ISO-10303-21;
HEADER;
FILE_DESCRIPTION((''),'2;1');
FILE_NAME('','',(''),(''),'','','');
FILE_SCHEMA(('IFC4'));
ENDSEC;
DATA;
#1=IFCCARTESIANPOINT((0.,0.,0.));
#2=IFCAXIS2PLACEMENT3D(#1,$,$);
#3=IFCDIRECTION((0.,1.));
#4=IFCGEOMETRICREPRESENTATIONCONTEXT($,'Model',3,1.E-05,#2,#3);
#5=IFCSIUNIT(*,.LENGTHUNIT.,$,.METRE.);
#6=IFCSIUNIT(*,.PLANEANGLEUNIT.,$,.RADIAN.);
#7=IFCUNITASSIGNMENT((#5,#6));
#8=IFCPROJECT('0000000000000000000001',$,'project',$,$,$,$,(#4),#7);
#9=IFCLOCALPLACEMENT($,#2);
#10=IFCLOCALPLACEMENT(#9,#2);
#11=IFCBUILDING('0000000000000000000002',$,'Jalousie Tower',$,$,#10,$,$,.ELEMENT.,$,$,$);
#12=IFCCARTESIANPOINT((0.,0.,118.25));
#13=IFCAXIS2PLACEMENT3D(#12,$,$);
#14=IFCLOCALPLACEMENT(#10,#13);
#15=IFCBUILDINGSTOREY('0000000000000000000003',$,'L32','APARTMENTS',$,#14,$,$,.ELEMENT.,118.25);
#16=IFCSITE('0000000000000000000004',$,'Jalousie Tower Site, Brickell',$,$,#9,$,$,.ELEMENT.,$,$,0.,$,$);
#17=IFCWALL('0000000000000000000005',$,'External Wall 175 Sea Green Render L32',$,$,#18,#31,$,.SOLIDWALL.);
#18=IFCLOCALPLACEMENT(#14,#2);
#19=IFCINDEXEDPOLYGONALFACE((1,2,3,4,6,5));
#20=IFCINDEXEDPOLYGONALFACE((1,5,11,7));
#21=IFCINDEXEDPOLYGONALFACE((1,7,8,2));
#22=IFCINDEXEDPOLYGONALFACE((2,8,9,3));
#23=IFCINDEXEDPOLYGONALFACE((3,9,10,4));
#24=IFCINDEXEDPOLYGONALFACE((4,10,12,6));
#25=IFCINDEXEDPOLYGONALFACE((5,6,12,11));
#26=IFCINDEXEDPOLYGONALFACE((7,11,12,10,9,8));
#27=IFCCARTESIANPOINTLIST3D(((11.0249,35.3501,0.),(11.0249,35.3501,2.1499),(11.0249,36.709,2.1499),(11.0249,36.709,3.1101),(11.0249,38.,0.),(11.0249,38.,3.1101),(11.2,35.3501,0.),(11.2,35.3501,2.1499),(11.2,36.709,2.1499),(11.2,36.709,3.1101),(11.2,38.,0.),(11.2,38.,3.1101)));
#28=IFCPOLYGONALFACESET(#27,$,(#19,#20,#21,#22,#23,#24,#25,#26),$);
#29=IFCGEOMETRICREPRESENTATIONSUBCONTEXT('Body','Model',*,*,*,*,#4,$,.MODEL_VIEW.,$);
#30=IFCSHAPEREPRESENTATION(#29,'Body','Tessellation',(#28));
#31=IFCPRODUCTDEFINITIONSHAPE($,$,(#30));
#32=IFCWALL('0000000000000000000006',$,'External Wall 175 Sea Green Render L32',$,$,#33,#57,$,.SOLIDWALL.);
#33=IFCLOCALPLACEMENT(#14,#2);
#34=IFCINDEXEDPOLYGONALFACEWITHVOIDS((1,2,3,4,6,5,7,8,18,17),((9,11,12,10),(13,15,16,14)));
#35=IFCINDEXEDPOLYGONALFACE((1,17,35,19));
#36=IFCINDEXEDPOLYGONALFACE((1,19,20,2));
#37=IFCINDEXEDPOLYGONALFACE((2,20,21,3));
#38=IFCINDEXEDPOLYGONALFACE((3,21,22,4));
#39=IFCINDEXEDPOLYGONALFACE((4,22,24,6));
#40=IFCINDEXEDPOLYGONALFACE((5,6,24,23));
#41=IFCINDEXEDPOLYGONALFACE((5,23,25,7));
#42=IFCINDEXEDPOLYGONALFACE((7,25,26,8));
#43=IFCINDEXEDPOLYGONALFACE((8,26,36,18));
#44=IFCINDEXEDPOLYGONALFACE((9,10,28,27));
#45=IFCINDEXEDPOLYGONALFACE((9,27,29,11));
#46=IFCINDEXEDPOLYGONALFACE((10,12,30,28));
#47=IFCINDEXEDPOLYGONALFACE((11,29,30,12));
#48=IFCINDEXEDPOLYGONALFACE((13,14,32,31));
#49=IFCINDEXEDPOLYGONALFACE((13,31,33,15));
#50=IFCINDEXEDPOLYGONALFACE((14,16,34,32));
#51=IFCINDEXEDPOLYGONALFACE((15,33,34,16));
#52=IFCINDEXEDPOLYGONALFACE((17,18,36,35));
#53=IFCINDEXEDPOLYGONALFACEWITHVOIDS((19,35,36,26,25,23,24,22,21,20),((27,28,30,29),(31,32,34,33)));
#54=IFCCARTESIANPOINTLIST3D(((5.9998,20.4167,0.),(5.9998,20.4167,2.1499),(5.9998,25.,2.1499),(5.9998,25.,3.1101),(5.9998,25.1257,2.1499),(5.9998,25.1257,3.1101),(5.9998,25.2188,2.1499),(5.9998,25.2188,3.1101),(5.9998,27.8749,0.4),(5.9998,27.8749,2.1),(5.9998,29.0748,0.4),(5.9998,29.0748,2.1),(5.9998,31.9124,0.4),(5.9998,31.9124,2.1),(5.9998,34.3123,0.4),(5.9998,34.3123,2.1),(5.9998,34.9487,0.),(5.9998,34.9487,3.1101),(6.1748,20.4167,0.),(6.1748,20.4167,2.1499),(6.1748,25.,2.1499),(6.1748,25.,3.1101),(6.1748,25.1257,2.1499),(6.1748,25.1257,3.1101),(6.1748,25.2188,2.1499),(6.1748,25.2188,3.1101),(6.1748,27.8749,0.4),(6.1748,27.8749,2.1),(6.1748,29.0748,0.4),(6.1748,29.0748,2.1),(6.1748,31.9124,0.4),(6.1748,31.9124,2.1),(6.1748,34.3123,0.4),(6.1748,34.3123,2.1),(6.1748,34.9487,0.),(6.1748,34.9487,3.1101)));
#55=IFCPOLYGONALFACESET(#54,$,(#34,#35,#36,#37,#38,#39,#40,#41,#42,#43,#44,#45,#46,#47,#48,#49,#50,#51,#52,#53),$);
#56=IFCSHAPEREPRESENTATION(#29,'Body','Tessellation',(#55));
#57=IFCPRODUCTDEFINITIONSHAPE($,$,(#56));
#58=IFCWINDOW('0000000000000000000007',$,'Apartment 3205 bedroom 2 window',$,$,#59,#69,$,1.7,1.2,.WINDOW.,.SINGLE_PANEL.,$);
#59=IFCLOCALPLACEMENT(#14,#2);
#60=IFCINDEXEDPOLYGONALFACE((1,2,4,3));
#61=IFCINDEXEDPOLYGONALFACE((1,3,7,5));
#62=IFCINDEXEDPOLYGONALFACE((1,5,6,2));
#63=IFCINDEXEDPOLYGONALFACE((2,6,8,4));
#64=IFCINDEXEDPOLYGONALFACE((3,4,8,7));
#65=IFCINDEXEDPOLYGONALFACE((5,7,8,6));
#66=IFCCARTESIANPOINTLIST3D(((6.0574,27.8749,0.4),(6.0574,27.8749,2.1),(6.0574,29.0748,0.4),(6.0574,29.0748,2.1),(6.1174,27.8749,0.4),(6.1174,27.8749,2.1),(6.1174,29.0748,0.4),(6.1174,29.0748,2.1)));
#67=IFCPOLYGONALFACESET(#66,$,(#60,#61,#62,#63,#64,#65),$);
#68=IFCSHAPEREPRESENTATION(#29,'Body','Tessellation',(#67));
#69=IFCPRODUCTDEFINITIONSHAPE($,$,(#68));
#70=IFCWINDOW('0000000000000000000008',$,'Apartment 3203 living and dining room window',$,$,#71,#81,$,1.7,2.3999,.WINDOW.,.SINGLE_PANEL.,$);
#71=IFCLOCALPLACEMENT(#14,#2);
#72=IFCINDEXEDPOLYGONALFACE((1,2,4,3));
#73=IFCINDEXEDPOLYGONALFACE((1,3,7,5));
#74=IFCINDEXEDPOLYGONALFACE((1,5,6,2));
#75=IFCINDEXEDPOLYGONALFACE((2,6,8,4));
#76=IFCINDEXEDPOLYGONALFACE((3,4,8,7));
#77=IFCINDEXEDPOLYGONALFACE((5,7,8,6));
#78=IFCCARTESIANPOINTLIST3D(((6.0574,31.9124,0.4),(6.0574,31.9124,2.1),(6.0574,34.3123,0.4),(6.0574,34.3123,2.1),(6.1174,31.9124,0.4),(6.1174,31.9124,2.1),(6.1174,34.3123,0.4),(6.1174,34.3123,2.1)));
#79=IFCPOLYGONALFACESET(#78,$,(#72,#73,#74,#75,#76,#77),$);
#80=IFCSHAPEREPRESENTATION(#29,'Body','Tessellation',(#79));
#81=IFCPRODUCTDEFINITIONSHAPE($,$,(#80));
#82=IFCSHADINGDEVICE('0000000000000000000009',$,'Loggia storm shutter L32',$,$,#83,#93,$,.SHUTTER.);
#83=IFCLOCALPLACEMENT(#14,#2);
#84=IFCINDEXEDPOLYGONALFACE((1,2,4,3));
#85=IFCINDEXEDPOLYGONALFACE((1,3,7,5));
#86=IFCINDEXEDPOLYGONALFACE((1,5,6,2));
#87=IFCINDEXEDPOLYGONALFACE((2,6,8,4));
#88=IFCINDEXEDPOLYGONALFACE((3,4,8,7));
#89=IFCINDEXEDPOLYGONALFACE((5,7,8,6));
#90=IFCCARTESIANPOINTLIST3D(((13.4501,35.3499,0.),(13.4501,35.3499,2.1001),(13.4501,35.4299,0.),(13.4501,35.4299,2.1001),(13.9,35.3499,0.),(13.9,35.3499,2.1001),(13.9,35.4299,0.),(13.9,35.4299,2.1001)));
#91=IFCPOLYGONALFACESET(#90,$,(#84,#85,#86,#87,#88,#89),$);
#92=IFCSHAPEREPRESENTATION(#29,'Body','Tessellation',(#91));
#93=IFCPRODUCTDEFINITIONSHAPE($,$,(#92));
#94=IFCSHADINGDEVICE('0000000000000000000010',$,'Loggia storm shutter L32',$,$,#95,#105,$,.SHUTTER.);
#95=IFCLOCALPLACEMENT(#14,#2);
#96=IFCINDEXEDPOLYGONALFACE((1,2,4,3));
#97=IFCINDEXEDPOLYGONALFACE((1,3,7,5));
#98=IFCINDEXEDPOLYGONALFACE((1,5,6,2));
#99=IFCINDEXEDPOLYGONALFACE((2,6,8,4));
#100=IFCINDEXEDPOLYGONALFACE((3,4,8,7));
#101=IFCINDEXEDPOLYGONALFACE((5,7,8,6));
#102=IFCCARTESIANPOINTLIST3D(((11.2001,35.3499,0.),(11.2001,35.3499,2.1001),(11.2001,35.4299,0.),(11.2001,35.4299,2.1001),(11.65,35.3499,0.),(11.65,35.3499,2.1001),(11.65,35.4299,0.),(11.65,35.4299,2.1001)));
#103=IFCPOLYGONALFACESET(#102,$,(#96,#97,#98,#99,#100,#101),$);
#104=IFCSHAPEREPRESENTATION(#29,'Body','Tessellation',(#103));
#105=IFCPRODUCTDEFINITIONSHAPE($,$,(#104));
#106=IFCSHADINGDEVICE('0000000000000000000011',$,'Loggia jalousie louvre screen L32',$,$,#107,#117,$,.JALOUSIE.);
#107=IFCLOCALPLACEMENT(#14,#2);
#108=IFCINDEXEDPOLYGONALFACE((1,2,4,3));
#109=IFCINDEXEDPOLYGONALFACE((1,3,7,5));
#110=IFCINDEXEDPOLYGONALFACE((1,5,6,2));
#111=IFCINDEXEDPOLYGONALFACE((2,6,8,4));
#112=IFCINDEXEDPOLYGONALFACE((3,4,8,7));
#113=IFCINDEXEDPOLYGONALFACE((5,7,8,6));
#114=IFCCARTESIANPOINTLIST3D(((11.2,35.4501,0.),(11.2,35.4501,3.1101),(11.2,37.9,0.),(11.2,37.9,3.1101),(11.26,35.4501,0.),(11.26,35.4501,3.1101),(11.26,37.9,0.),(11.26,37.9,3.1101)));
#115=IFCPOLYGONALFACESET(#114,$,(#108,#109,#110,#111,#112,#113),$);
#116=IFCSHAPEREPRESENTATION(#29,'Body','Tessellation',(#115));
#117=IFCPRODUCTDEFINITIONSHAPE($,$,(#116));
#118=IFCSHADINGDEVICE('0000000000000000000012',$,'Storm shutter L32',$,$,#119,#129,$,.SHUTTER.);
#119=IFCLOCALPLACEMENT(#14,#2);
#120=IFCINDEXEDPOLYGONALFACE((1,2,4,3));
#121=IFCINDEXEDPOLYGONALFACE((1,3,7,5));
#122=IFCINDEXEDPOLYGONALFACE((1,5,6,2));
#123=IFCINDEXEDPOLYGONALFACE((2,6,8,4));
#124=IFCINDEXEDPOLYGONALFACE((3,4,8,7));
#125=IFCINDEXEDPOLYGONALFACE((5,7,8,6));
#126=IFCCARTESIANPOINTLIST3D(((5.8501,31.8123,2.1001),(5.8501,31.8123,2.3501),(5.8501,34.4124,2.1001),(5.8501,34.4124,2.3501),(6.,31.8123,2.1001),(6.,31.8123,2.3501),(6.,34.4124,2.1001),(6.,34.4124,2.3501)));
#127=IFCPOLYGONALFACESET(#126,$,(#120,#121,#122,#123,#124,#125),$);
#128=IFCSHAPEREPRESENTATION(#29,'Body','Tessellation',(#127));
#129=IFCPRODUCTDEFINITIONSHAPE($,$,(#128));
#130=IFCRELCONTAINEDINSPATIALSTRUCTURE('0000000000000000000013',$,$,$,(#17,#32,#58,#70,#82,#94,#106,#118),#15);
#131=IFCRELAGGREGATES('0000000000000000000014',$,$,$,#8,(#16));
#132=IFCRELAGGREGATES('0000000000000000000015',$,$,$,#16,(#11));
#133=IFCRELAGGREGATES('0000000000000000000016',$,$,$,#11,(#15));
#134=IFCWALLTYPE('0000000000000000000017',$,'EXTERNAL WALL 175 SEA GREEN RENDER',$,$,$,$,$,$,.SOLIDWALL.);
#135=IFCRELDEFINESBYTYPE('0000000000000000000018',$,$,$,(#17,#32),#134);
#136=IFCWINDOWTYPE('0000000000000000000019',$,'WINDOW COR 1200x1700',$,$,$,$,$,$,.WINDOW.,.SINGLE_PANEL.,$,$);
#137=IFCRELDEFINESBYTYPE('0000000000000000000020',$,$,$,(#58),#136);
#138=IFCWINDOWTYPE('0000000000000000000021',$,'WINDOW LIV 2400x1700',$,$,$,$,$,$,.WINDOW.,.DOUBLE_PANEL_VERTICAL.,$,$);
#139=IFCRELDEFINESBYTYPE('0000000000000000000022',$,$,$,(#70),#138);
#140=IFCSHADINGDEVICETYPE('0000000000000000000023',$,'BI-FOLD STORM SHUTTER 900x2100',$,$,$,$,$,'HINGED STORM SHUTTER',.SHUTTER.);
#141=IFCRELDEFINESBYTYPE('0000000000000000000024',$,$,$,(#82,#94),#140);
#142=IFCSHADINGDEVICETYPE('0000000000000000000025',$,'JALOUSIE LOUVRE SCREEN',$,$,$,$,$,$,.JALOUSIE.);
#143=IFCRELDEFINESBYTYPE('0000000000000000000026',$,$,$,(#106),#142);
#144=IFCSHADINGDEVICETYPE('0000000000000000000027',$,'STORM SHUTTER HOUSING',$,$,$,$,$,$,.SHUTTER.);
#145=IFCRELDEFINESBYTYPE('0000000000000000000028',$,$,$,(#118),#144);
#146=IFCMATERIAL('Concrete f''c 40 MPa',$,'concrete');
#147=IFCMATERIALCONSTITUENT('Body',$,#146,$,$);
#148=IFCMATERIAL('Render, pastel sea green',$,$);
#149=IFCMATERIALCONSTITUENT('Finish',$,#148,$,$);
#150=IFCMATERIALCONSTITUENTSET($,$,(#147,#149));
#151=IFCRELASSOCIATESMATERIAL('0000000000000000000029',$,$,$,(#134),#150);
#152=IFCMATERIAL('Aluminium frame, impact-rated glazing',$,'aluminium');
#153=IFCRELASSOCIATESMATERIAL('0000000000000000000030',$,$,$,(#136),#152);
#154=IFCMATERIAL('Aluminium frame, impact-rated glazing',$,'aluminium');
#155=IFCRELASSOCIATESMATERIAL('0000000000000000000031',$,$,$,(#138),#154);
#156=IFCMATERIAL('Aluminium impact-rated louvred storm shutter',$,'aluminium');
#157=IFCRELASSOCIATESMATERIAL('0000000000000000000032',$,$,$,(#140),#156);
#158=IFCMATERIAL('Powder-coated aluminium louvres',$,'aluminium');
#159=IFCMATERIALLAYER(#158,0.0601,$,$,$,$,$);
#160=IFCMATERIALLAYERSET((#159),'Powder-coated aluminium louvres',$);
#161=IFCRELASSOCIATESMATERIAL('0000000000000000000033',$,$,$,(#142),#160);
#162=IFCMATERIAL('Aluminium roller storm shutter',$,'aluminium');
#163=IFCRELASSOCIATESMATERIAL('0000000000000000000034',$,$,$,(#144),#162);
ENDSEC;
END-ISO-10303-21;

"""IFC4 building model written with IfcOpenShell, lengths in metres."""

from ifc_helpers import new_model, si_unit, direction, frame, frame_2d, origin, origin_2d, place, context, subcontext, project, spatial, polyline, rectangle, outline, extrude, material, layer, layer_set, constituent, constituent_set, type_object, element, fill, save


model = new_model("IFC4")

# Units and contexts
model_context = context("Model", 3, precision=1e-05, world=origin(), true_north=direction((0.0, 1.0)))
body_context = subcontext(model_context, "Body", "Model", "MODEL_VIEW")
ifc_project = project(units=[si_unit("LENGTHUNIT", "METRE"), si_unit("PLANEANGLEUNIT", "RADIAN")], contexts=[model_context])

# Site, building, storey
site_placement = place(None, origin())
site = spatial("IfcSite", under=ifc_project, at=site_placement, Name="Jalousie Tower Site, Brickell", CompositionType="ELEMENT", RefElevation=0.0)
building_placement = place(site_placement, origin())
building = spatial("IfcBuilding", under=site, at=building_placement, Name="Jalousie Tower", CompositionType="ELEMENT")
storey_placement = place(building_placement, frame((0.0, 0.0, 118.25)))
storey = spatial("IfcBuildingStorey", under=building, at=storey_placement, Name="L32", Description="APARTMENTS", CompositionType="ELEMENT", Elevation=118.25)

# Shared definitions
ifc_material_1 = material(Name="Concrete f'c 40 MPa", Category="concrete")
ifc_constituent_1 = constituent(ifc_material_1, Name="Body")
ifc_material_2 = material(Name="Render, pastel sea green")
ifc_constituent_2 = constituent(ifc_material_2, Name="Finish")
ifc_constituent_set = constituent_set(constituents=[ifc_constituent_1, ifc_constituent_2])
wall_type = type_object("IfcWallType", Name="EXTERNAL WALL 175 SEA GREEN RENDER", PredefinedType="SOLIDWALL", material=ifc_constituent_set)

# Wall
wall_1_placement = place(storey_placement, frame((11.1125, 38.0, 0.0), z_axis=(0.0, 0.0, 1.0), x_axis=(0.0, -1.0, 0.0)))
element("IfcWall", 1, at=wall_1_placement, inside=storey, type_object=wall_type, Name="External Wall 175 Sea Green Render L32", PredefinedType="SOLIDWALL", context=body_context, shape_type="SweptSolid", body=[
    extrude(outline(polyline([(0.0, 0.0), (2.6499, 0.0), (2.6499, 2.1499), (1.291, 2.1499), (1.291, 3.1101), (0.0, 3.1101), (0.0, 0.0)])), frame((0.0, 0.0874, 0.0), z_axis=(0.0, -1.0, 0.0), x_axis=(1.0, 0.0, 0.0)), (0.0, 0.0, 1.0), 0.175),
])

# Wall, openings, windows
wall_2_placement = place(storey_placement, frame((6.0874, 34.9487, 0.0), z_axis=(0.0, 0.0, 1.0), x_axis=(0.0, -1.0, 0.0)))
wall_2 = element("IfcWall", 2, at=wall_2_placement, inside=storey, type_object=wall_type, Name="External Wall 175 Sea Green Render L32", PredefinedType="SOLIDWALL", context=body_context, shape_type="SweptSolid", body=[
    extrude(outline(polyline([(0.0, 0.0), (14.532, 0.0), (14.532, 2.1499), (9.9487, 2.1499), (9.9487, 3.1101), (9.823, 3.1101), (9.823, 2.1499), (9.73, 2.1499), (9.73, 3.1101), (0.0, 3.1101), (0.0, 0.0)])), frame((0.0, 0.0874, 0.0), z_axis=(0.0, -1.0, 0.0), x_axis=(1.0, 0.0, 0.0)), (0.0, 0.0, 1.0), 0.175),
])
opening_1_placement = place(wall_2_placement, frame((0.6365, 0.0, 0.3999)))
opening_1 = element("IfcOpeningElement", 3, at=opening_1_placement, cuts=wall_2, PredefinedType="OPENING", context=body_context, shape_type="SweptSolid", body=[
    extrude(rectangle(XDim=2.3999, YDim=1.7, at=frame_2d((1.2, 0.8501))), frame((0.0, 0.0974, 0.0), z_axis=(0.0, -1.0, 0.0), x_axis=(1.0, 0.0, 0.0)), (0.0, 0.0, 1.0), 0.1951),
])
opening_2_placement = place(wall_2_placement, frame((5.8738, 0.0, 0.3999)))
opening_2 = element("IfcOpeningElement", 4, at=opening_2_placement, cuts=wall_2, PredefinedType="OPENING", context=body_context, shape_type="SweptSolid", body=[
    extrude(rectangle(XDim=1.2, YDim=1.7, at=frame_2d((0.6001, 0.8501))), frame((0.0, 0.0974, 0.0), z_axis=(0.0, -1.0, 0.0), x_axis=(1.0, 0.0, 0.0)), (0.0, 0.0, 1.0), 0.1951),
])
ifc_material_3 = material(Name="Aluminium frame, impact-rated glazing", Category="aluminium")
window_type_1 = type_object("IfcWindowType", Name="WINDOW COR 1200x1700", PartitioningType="SINGLE_PANEL", PredefinedType="WINDOW", material=ifc_material_3)
window_1_placement = place(opening_2_placement, origin())
window_1 = element("IfcWindow", 5, at=window_1_placement, inside=storey, type_object=window_type_1, Name="Apartment 3205 bedroom 2 window", OverallHeight=1.7, OverallWidth=1.2, PartitioningType="SINGLE_PANEL", PredefinedType="WINDOW", context=body_context, shape_type="SweptSolid", body=[
    extrude(rectangle(XDim=1.2, YDim=1.7, at=frame_2d((0.6001, 0.8501))), frame((0.0, 0.03, 0.0), z_axis=(0.0, -1.0, 0.0), x_axis=(1.0, 0.0, 0.0)), (0.0, 0.0, 1.0), 0.0601),
])
fill(opening_2, window_1)
ifc_material_4 = material(Name="Aluminium frame, impact-rated glazing", Category="aluminium")
window_type_2 = type_object("IfcWindowType", Name="WINDOW LIV 2400x1700", PartitioningType="DOUBLE_PANEL_VERTICAL", PredefinedType="WINDOW", material=ifc_material_4)
window_2_placement = place(opening_1_placement, origin())
window_2 = element("IfcWindow", 6, at=window_2_placement, inside=storey, type_object=window_type_2, Name="Apartment 3203 living and dining room window", OverallHeight=1.7, OverallWidth=2.3999, PartitioningType="SINGLE_PANEL", PredefinedType="WINDOW", context=body_context, shape_type="SweptSolid", body=[
    extrude(rectangle(XDim=2.3999, YDim=1.7, at=frame_2d((1.2, 0.8501))), frame((0.0, 0.03, 0.0), z_axis=(0.0, -1.0, 0.0), x_axis=(1.0, 0.0, 0.0)), (0.0, 0.0, 1.0), 0.0601),
])
fill(opening_1, window_2)

# Shading devices
ifc_material_5 = material(Name="Aluminium impact-rated louvred storm shutter", Category="aluminium")
shading_device_type_1 = type_object("IfcShadingDeviceType", Name="BI-FOLD STORM SHUTTER 900x2100", ElementType="HINGED STORM SHUTTER", PredefinedType="SHUTTER", material=ifc_material_5)
for number, where, z_axis, x_axis, name in (
    (7, (13.675, 35.3899, 0.0), (0.0, 0.0, 1.0), (-1.0, 0.0, 0.0), "Loggia storm shutter L32"),
    (8, (11.425, 35.3899, 0.0), (0.0, 0.0, 1.0), (-1.0, 0.0, 0.0), "Loggia storm shutter L32"),
):
    element("IfcShadingDevice", number, at=place(storey_placement, frame(where, z_axis=z_axis, x_axis=x_axis)), inside=storey, type_object=shading_device_type_1, Name=name, PredefinedType="SHUTTER", context=body_context, shape_type="SweptSolid", body=[
        extrude(rectangle(XDim=0.45, YDim=0.0801, at=origin_2d()), origin(), (0.0, 0.0, 1.0), 2.1001),
    ])
ifc_material_6 = material(Name="Powder-coated aluminium louvres", Category="aluminium")
ifc_layer_1 = layer(ifc_material_6, 0.0601)
ifc_layer_set_1 = layer_set([ifc_layer_1], Name="Powder-coated aluminium louvres")
shading_device_type_2 = type_object("IfcShadingDeviceType", Name="JALOUSIE LOUVRE SCREEN", PredefinedType="JALOUSIE", material=ifc_layer_set_1)
shading_device_1_placement = place(storey_placement, frame((11.23, 36.675, 0.0), z_axis=(0.0, 0.0, 1.0), x_axis=(-1.0, 0.0, 0.0)))
element("IfcShadingDevice", 9, at=shading_device_1_placement, inside=storey, type_object=shading_device_type_2, Name="Loggia jalousie louvre screen L32", PredefinedType="JALOUSIE", context=body_context, shape_type="SweptSolid", body=[
    extrude(rectangle(XDim=0.0601, YDim=2.45, at=origin_2d()), origin(), (0.0, 0.0, 1.0), 3.1101),
])
ifc_material_7 = material(Name="Aluminium roller storm shutter", Category="aluminium")
shading_device_type_3 = type_object("IfcShadingDeviceType", Name="STORM SHUTTER HOUSING", PredefinedType="SHUTTER", material=ifc_material_7)
shading_device_2_placement = place(storey_placement, frame((5.925, 33.1123, 2.1001), z_axis=(0.0, 0.0, 1.0), x_axis=(0.0, -1.0, 0.0)))
element("IfcShadingDevice", 10, at=shading_device_2_placement, inside=storey, type_object=shading_device_type_3, Name="Storm shutter L32", PredefinedType="SHUTTER", context=body_context, shape_type="SweptSolid", body=[
    extrude(rectangle(XDim=2.6001, YDim=0.1499, at=origin_2d()), origin(), (0.0, 0.0, 1.0), 0.25),
])

save(model, "model.ifc")
